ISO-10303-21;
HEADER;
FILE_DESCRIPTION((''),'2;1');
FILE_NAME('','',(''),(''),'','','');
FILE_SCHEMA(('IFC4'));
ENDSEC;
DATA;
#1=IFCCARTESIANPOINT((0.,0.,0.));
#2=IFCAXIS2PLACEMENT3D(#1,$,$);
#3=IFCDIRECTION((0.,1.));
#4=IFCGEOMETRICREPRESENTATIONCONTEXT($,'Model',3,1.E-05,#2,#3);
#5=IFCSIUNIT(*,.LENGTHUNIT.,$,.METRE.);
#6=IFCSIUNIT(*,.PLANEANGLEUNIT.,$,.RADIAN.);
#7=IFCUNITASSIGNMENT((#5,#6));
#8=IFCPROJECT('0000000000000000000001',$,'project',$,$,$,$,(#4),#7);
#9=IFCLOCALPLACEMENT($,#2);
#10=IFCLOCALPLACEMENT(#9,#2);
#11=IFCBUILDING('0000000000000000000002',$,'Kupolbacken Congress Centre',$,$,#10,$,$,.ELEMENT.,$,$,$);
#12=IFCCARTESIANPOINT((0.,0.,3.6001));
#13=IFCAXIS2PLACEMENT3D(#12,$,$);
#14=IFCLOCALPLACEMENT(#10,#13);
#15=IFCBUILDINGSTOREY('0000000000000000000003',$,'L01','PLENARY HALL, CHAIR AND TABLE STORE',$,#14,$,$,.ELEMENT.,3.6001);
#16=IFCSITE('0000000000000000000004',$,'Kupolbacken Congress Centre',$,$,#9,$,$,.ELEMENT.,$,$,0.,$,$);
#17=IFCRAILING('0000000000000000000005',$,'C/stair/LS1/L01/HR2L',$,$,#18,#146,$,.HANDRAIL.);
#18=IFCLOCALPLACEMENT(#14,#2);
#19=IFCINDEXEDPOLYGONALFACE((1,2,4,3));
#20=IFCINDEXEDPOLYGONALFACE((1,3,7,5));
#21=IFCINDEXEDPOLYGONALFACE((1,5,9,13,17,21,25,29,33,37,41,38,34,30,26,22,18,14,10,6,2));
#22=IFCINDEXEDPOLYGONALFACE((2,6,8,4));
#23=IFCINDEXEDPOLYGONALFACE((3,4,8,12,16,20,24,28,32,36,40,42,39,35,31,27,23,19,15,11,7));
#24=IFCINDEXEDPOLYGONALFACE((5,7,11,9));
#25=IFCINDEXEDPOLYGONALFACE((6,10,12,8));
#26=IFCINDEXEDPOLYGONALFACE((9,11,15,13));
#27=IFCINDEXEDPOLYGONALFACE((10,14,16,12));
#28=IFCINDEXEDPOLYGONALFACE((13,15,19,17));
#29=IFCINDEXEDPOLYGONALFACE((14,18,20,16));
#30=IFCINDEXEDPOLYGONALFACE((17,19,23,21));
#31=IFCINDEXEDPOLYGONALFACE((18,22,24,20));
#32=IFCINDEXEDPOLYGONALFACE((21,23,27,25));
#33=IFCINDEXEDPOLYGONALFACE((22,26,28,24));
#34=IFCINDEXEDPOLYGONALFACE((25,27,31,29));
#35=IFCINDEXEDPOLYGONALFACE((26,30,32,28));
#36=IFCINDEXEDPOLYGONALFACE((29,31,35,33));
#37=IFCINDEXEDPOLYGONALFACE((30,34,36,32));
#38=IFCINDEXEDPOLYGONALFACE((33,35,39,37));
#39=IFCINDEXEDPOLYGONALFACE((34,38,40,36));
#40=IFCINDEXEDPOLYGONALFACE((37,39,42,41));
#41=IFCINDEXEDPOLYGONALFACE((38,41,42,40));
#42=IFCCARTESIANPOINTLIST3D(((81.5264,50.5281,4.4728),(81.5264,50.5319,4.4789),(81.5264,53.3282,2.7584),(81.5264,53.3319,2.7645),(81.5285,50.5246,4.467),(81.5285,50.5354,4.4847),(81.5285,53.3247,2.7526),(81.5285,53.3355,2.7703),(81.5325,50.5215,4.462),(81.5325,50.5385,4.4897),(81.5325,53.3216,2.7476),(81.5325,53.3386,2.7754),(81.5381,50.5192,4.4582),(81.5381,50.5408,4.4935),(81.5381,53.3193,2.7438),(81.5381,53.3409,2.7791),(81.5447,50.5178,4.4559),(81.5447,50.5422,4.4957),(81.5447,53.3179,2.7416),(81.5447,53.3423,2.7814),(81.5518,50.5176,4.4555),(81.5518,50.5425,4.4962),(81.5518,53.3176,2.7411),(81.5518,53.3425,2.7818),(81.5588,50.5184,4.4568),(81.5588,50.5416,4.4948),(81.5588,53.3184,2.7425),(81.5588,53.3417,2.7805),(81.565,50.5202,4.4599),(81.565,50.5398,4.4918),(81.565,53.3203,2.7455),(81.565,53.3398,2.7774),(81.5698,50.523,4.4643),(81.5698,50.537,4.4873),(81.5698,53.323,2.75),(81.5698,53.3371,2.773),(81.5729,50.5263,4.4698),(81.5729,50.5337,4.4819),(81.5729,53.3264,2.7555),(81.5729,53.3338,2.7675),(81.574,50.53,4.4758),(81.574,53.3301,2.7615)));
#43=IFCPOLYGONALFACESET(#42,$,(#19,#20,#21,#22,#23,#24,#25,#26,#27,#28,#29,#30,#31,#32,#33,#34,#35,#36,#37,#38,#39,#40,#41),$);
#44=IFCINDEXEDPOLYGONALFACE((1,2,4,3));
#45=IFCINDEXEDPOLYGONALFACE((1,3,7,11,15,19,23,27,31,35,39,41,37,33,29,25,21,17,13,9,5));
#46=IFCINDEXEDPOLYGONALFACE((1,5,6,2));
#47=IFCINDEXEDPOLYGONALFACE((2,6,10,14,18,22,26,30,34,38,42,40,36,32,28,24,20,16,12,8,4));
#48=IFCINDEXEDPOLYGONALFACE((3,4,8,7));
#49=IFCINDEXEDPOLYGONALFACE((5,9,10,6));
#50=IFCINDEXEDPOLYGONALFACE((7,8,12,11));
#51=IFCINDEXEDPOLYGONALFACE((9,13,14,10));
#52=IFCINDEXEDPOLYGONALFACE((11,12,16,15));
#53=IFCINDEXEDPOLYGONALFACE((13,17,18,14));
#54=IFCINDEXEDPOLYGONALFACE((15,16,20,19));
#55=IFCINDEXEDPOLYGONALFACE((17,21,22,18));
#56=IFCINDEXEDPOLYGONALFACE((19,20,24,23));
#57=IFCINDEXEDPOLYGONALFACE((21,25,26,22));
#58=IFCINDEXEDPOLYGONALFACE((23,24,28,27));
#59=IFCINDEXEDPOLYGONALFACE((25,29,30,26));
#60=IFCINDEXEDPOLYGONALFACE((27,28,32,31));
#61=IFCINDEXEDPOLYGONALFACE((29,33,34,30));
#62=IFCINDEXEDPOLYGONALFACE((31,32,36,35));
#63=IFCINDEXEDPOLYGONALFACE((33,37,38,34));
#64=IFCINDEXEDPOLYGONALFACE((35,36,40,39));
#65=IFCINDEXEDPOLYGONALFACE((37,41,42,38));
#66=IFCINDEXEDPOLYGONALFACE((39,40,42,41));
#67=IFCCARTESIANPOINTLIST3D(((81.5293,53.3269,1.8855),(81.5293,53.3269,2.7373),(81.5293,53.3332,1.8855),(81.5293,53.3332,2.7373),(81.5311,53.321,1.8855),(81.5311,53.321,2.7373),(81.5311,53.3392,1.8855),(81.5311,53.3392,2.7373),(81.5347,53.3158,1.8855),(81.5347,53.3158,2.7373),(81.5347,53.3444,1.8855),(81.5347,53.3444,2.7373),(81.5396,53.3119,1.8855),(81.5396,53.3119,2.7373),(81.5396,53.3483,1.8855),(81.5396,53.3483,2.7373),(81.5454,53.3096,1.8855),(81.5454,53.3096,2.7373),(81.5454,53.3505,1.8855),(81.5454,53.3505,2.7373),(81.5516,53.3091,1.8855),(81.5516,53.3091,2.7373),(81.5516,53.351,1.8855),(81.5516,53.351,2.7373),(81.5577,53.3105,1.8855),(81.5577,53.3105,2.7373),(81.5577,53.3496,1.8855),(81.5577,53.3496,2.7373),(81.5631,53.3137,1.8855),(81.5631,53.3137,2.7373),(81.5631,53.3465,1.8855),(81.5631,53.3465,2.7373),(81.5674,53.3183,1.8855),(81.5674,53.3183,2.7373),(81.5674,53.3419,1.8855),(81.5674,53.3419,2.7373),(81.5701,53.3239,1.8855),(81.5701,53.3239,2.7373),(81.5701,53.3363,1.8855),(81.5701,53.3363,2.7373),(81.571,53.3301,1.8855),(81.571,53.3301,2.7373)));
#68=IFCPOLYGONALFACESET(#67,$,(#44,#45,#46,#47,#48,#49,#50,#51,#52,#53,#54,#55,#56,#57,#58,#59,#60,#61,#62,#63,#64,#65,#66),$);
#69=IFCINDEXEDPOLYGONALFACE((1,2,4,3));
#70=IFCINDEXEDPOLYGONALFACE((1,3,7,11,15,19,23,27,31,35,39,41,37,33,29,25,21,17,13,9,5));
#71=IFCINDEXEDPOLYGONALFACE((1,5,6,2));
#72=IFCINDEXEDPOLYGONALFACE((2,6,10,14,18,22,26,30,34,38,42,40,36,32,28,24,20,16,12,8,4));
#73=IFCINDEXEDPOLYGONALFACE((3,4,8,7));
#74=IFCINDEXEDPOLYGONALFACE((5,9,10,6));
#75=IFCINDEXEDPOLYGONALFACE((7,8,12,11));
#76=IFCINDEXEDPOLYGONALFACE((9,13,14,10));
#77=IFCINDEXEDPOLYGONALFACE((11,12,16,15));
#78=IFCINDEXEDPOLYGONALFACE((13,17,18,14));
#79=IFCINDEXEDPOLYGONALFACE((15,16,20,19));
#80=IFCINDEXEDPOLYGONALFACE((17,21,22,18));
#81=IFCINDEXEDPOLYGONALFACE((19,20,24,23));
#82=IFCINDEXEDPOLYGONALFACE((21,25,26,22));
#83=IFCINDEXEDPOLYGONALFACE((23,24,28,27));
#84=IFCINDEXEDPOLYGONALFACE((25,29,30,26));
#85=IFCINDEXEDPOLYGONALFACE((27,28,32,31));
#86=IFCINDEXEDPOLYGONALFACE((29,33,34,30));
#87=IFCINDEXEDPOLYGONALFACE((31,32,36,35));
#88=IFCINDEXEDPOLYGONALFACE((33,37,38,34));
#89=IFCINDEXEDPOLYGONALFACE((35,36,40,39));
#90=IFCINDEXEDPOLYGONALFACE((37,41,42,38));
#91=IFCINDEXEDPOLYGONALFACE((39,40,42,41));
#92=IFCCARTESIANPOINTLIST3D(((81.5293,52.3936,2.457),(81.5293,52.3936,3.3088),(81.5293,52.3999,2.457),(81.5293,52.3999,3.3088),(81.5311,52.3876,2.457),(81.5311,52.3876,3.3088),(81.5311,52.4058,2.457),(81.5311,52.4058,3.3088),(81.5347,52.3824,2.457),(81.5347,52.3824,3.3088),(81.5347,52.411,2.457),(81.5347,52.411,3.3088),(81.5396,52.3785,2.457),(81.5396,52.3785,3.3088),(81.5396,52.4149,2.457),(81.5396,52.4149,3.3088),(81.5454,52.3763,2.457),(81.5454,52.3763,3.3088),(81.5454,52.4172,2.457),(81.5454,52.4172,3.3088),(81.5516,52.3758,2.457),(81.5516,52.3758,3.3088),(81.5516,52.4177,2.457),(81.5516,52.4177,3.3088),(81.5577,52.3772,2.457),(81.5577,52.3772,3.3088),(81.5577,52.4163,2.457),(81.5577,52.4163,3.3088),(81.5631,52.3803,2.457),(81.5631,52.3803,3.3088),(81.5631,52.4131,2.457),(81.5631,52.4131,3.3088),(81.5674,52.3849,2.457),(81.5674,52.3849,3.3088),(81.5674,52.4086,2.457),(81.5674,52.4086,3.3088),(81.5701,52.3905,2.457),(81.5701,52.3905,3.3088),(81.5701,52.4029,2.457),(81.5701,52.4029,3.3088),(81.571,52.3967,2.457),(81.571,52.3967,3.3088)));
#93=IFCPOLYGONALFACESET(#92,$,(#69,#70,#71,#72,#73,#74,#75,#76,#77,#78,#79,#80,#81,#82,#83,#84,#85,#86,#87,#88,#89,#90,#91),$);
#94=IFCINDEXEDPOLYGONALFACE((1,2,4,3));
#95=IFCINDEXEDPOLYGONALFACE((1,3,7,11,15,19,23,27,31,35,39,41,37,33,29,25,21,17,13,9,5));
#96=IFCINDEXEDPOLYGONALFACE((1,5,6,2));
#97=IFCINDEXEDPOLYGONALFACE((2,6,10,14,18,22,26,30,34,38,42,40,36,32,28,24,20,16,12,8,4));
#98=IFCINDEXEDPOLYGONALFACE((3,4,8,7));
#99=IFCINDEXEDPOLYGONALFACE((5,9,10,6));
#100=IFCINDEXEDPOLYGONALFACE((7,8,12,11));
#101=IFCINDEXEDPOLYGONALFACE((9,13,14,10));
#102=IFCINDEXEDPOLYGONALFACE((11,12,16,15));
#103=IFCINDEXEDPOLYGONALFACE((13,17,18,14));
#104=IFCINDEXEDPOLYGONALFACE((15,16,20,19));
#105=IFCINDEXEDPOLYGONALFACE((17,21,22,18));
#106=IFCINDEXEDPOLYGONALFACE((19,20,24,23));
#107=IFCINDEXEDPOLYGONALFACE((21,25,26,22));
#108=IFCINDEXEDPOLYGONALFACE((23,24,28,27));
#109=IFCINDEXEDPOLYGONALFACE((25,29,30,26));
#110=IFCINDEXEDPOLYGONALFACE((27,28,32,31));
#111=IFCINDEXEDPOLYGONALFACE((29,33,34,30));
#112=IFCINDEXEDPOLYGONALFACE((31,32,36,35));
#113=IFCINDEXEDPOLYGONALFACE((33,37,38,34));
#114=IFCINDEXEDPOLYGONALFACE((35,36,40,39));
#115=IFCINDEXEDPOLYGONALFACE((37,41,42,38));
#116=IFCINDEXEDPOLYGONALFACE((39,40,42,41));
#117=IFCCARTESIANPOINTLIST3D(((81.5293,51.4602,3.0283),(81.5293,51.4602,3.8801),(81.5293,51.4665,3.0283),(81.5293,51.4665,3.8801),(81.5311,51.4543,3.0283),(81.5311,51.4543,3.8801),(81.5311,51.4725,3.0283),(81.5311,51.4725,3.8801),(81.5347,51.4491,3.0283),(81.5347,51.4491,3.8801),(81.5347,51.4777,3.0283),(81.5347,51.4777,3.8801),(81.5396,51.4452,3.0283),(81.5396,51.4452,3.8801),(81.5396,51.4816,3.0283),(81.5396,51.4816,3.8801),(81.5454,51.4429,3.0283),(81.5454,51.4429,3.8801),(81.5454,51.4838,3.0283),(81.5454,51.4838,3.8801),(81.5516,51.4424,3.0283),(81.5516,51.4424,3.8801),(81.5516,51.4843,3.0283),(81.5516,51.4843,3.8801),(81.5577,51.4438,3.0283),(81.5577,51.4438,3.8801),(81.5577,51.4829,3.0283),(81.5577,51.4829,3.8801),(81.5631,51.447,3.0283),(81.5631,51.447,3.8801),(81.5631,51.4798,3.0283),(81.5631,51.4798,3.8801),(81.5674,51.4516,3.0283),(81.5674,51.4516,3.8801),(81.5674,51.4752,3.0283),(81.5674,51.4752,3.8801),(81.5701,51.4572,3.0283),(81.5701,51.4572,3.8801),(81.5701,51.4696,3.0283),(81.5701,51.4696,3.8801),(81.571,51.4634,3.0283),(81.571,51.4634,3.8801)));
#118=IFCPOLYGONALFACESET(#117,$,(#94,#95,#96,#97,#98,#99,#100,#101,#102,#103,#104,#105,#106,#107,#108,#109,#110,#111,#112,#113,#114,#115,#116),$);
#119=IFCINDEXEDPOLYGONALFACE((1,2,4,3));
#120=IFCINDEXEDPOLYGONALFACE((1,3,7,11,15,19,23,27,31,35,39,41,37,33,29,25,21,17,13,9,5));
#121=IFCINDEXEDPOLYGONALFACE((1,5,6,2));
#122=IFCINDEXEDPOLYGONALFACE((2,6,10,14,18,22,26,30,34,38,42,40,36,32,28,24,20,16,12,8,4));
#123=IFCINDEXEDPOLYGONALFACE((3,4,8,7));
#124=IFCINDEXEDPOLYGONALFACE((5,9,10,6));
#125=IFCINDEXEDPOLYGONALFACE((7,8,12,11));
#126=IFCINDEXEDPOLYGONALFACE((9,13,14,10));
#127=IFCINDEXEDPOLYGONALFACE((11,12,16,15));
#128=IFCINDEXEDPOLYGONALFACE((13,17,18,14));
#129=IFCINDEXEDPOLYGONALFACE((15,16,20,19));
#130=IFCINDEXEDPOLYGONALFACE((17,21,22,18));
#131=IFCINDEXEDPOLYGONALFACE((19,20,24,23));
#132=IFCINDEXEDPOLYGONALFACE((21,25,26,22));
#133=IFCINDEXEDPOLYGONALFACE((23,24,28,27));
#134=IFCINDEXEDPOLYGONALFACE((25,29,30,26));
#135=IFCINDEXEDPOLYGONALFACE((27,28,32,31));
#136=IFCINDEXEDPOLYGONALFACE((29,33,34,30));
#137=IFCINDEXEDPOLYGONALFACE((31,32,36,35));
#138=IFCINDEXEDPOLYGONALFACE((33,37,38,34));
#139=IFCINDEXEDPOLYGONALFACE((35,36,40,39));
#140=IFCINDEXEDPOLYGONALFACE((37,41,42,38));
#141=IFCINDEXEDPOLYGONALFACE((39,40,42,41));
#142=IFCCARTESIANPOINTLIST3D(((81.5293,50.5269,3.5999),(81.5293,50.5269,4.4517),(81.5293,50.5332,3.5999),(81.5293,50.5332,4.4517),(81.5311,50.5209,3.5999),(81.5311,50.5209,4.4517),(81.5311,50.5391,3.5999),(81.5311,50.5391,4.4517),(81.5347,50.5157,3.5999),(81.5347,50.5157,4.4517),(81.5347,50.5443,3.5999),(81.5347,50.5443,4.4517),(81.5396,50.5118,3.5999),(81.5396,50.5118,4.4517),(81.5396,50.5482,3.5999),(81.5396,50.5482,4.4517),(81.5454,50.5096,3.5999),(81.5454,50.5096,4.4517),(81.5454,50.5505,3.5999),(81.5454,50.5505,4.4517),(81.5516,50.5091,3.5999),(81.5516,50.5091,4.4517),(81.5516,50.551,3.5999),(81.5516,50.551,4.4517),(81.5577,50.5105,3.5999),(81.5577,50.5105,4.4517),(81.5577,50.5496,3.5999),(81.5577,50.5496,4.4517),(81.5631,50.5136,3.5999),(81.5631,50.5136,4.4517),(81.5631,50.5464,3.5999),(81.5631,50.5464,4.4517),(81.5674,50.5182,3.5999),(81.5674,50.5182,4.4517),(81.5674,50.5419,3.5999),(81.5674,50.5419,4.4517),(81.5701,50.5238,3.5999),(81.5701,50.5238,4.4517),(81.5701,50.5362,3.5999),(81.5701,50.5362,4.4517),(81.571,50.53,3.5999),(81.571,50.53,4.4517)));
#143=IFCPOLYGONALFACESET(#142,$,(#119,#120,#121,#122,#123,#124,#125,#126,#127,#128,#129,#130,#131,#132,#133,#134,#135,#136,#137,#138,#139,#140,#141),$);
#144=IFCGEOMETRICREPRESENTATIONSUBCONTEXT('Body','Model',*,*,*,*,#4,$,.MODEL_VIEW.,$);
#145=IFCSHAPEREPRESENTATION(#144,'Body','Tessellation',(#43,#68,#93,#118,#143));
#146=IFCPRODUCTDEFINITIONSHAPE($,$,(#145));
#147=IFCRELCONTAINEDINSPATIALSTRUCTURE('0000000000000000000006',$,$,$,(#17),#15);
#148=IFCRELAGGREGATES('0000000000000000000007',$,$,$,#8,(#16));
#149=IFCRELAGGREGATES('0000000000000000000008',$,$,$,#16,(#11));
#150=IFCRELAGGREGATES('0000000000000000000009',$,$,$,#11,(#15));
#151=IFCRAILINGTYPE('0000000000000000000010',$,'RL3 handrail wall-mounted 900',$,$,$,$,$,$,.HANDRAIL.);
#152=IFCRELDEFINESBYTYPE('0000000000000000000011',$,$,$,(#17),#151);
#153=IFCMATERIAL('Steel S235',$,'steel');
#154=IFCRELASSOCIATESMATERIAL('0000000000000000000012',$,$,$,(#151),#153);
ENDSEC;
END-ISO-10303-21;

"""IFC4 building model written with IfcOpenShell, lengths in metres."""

from ifc_helpers import new_model, si_unit, direction, frame, origin, origin_2d, place, context, subcontext, project, spatial, circle, extrude, material, type_object, element, save


model = new_model("IFC4")

# Units and contexts
model_context = context("Model", 3, precision=1e-05, world=origin(), true_north=direction((0.0, 1.0)))
body_context = subcontext(model_context, "Body", "Model", "MODEL_VIEW")
ifc_project = project(units=[si_unit("LENGTHUNIT", "METRE"), si_unit("PLANEANGLEUNIT", "RADIAN")], contexts=[model_context])

# Site, building, storey
site_placement = place(None, origin())
site = spatial("IfcSite", under=ifc_project, at=site_placement, Name="Kupolbacken Congress Centre", CompositionType="ELEMENT", RefElevation=0.0)
building_placement = place(site_placement, origin())
building = spatial("IfcBuilding", under=site, at=building_placement, Name="Kupolbacken Congress Centre", CompositionType="ELEMENT")
storey_placement = place(building_placement, frame((0.0, 0.0, 3.6001)))
storey = spatial("IfcBuildingStorey", under=building, at=storey_placement, Name="L01", Description="PLENARY HALL, CHAIR AND TABLE STORE", CompositionType="ELEMENT", Elevation=3.6001)

# Railing
ifc_material_1 = material(Name="Steel S235", Category="steel")
railing_type = type_object("IfcRailingType", Name="RL3 handrail wall-mounted 900", PredefinedType="HANDRAIL", material=ifc_material_1)
for number, where, name in (
    (1, (81.55, 53.3301, 1.8855), "C/stair/LS1/L01/HR2L"),
):
    element("IfcRailing", number, at=place(storey_placement, frame(where)), inside=storey, type_object=railing_type, Name=name, PredefinedType="HANDRAIL", context=body_context, shape_type="SweptSolid", body=[
        extrude(circle(Radius=0.0239, at=origin_2d()), frame((0.0, 0.0, 0.876), z_axis=(0.0, -0.852846, 0.522163), x_axis=(1.0, 0.0, 0.0)), (0.0, 0.0, 1.0), 3.2832),
        extrude(circle(Radius=0.021, at=origin_2d()), origin(), (0.0, 0.0, 1.0), 0.8518),
        extrude(circle(Radius=0.021, at=origin_2d()), frame((0.0, -0.9333, 0.5715)), (0.0, 0.0, 1.0), 0.8518),
        extrude(circle(Radius=0.021, at=origin_2d()), frame((0.0, -1.8667, 1.1428)), (0.0, 0.0, 1.0), 0.8518),
        extrude(circle(Radius=0.021, at=origin_2d()), frame((0.0, -2.8, 1.7144)), (0.0, 0.0, 1.0), 0.8518),
    ])

save(model, "model.ifc")
